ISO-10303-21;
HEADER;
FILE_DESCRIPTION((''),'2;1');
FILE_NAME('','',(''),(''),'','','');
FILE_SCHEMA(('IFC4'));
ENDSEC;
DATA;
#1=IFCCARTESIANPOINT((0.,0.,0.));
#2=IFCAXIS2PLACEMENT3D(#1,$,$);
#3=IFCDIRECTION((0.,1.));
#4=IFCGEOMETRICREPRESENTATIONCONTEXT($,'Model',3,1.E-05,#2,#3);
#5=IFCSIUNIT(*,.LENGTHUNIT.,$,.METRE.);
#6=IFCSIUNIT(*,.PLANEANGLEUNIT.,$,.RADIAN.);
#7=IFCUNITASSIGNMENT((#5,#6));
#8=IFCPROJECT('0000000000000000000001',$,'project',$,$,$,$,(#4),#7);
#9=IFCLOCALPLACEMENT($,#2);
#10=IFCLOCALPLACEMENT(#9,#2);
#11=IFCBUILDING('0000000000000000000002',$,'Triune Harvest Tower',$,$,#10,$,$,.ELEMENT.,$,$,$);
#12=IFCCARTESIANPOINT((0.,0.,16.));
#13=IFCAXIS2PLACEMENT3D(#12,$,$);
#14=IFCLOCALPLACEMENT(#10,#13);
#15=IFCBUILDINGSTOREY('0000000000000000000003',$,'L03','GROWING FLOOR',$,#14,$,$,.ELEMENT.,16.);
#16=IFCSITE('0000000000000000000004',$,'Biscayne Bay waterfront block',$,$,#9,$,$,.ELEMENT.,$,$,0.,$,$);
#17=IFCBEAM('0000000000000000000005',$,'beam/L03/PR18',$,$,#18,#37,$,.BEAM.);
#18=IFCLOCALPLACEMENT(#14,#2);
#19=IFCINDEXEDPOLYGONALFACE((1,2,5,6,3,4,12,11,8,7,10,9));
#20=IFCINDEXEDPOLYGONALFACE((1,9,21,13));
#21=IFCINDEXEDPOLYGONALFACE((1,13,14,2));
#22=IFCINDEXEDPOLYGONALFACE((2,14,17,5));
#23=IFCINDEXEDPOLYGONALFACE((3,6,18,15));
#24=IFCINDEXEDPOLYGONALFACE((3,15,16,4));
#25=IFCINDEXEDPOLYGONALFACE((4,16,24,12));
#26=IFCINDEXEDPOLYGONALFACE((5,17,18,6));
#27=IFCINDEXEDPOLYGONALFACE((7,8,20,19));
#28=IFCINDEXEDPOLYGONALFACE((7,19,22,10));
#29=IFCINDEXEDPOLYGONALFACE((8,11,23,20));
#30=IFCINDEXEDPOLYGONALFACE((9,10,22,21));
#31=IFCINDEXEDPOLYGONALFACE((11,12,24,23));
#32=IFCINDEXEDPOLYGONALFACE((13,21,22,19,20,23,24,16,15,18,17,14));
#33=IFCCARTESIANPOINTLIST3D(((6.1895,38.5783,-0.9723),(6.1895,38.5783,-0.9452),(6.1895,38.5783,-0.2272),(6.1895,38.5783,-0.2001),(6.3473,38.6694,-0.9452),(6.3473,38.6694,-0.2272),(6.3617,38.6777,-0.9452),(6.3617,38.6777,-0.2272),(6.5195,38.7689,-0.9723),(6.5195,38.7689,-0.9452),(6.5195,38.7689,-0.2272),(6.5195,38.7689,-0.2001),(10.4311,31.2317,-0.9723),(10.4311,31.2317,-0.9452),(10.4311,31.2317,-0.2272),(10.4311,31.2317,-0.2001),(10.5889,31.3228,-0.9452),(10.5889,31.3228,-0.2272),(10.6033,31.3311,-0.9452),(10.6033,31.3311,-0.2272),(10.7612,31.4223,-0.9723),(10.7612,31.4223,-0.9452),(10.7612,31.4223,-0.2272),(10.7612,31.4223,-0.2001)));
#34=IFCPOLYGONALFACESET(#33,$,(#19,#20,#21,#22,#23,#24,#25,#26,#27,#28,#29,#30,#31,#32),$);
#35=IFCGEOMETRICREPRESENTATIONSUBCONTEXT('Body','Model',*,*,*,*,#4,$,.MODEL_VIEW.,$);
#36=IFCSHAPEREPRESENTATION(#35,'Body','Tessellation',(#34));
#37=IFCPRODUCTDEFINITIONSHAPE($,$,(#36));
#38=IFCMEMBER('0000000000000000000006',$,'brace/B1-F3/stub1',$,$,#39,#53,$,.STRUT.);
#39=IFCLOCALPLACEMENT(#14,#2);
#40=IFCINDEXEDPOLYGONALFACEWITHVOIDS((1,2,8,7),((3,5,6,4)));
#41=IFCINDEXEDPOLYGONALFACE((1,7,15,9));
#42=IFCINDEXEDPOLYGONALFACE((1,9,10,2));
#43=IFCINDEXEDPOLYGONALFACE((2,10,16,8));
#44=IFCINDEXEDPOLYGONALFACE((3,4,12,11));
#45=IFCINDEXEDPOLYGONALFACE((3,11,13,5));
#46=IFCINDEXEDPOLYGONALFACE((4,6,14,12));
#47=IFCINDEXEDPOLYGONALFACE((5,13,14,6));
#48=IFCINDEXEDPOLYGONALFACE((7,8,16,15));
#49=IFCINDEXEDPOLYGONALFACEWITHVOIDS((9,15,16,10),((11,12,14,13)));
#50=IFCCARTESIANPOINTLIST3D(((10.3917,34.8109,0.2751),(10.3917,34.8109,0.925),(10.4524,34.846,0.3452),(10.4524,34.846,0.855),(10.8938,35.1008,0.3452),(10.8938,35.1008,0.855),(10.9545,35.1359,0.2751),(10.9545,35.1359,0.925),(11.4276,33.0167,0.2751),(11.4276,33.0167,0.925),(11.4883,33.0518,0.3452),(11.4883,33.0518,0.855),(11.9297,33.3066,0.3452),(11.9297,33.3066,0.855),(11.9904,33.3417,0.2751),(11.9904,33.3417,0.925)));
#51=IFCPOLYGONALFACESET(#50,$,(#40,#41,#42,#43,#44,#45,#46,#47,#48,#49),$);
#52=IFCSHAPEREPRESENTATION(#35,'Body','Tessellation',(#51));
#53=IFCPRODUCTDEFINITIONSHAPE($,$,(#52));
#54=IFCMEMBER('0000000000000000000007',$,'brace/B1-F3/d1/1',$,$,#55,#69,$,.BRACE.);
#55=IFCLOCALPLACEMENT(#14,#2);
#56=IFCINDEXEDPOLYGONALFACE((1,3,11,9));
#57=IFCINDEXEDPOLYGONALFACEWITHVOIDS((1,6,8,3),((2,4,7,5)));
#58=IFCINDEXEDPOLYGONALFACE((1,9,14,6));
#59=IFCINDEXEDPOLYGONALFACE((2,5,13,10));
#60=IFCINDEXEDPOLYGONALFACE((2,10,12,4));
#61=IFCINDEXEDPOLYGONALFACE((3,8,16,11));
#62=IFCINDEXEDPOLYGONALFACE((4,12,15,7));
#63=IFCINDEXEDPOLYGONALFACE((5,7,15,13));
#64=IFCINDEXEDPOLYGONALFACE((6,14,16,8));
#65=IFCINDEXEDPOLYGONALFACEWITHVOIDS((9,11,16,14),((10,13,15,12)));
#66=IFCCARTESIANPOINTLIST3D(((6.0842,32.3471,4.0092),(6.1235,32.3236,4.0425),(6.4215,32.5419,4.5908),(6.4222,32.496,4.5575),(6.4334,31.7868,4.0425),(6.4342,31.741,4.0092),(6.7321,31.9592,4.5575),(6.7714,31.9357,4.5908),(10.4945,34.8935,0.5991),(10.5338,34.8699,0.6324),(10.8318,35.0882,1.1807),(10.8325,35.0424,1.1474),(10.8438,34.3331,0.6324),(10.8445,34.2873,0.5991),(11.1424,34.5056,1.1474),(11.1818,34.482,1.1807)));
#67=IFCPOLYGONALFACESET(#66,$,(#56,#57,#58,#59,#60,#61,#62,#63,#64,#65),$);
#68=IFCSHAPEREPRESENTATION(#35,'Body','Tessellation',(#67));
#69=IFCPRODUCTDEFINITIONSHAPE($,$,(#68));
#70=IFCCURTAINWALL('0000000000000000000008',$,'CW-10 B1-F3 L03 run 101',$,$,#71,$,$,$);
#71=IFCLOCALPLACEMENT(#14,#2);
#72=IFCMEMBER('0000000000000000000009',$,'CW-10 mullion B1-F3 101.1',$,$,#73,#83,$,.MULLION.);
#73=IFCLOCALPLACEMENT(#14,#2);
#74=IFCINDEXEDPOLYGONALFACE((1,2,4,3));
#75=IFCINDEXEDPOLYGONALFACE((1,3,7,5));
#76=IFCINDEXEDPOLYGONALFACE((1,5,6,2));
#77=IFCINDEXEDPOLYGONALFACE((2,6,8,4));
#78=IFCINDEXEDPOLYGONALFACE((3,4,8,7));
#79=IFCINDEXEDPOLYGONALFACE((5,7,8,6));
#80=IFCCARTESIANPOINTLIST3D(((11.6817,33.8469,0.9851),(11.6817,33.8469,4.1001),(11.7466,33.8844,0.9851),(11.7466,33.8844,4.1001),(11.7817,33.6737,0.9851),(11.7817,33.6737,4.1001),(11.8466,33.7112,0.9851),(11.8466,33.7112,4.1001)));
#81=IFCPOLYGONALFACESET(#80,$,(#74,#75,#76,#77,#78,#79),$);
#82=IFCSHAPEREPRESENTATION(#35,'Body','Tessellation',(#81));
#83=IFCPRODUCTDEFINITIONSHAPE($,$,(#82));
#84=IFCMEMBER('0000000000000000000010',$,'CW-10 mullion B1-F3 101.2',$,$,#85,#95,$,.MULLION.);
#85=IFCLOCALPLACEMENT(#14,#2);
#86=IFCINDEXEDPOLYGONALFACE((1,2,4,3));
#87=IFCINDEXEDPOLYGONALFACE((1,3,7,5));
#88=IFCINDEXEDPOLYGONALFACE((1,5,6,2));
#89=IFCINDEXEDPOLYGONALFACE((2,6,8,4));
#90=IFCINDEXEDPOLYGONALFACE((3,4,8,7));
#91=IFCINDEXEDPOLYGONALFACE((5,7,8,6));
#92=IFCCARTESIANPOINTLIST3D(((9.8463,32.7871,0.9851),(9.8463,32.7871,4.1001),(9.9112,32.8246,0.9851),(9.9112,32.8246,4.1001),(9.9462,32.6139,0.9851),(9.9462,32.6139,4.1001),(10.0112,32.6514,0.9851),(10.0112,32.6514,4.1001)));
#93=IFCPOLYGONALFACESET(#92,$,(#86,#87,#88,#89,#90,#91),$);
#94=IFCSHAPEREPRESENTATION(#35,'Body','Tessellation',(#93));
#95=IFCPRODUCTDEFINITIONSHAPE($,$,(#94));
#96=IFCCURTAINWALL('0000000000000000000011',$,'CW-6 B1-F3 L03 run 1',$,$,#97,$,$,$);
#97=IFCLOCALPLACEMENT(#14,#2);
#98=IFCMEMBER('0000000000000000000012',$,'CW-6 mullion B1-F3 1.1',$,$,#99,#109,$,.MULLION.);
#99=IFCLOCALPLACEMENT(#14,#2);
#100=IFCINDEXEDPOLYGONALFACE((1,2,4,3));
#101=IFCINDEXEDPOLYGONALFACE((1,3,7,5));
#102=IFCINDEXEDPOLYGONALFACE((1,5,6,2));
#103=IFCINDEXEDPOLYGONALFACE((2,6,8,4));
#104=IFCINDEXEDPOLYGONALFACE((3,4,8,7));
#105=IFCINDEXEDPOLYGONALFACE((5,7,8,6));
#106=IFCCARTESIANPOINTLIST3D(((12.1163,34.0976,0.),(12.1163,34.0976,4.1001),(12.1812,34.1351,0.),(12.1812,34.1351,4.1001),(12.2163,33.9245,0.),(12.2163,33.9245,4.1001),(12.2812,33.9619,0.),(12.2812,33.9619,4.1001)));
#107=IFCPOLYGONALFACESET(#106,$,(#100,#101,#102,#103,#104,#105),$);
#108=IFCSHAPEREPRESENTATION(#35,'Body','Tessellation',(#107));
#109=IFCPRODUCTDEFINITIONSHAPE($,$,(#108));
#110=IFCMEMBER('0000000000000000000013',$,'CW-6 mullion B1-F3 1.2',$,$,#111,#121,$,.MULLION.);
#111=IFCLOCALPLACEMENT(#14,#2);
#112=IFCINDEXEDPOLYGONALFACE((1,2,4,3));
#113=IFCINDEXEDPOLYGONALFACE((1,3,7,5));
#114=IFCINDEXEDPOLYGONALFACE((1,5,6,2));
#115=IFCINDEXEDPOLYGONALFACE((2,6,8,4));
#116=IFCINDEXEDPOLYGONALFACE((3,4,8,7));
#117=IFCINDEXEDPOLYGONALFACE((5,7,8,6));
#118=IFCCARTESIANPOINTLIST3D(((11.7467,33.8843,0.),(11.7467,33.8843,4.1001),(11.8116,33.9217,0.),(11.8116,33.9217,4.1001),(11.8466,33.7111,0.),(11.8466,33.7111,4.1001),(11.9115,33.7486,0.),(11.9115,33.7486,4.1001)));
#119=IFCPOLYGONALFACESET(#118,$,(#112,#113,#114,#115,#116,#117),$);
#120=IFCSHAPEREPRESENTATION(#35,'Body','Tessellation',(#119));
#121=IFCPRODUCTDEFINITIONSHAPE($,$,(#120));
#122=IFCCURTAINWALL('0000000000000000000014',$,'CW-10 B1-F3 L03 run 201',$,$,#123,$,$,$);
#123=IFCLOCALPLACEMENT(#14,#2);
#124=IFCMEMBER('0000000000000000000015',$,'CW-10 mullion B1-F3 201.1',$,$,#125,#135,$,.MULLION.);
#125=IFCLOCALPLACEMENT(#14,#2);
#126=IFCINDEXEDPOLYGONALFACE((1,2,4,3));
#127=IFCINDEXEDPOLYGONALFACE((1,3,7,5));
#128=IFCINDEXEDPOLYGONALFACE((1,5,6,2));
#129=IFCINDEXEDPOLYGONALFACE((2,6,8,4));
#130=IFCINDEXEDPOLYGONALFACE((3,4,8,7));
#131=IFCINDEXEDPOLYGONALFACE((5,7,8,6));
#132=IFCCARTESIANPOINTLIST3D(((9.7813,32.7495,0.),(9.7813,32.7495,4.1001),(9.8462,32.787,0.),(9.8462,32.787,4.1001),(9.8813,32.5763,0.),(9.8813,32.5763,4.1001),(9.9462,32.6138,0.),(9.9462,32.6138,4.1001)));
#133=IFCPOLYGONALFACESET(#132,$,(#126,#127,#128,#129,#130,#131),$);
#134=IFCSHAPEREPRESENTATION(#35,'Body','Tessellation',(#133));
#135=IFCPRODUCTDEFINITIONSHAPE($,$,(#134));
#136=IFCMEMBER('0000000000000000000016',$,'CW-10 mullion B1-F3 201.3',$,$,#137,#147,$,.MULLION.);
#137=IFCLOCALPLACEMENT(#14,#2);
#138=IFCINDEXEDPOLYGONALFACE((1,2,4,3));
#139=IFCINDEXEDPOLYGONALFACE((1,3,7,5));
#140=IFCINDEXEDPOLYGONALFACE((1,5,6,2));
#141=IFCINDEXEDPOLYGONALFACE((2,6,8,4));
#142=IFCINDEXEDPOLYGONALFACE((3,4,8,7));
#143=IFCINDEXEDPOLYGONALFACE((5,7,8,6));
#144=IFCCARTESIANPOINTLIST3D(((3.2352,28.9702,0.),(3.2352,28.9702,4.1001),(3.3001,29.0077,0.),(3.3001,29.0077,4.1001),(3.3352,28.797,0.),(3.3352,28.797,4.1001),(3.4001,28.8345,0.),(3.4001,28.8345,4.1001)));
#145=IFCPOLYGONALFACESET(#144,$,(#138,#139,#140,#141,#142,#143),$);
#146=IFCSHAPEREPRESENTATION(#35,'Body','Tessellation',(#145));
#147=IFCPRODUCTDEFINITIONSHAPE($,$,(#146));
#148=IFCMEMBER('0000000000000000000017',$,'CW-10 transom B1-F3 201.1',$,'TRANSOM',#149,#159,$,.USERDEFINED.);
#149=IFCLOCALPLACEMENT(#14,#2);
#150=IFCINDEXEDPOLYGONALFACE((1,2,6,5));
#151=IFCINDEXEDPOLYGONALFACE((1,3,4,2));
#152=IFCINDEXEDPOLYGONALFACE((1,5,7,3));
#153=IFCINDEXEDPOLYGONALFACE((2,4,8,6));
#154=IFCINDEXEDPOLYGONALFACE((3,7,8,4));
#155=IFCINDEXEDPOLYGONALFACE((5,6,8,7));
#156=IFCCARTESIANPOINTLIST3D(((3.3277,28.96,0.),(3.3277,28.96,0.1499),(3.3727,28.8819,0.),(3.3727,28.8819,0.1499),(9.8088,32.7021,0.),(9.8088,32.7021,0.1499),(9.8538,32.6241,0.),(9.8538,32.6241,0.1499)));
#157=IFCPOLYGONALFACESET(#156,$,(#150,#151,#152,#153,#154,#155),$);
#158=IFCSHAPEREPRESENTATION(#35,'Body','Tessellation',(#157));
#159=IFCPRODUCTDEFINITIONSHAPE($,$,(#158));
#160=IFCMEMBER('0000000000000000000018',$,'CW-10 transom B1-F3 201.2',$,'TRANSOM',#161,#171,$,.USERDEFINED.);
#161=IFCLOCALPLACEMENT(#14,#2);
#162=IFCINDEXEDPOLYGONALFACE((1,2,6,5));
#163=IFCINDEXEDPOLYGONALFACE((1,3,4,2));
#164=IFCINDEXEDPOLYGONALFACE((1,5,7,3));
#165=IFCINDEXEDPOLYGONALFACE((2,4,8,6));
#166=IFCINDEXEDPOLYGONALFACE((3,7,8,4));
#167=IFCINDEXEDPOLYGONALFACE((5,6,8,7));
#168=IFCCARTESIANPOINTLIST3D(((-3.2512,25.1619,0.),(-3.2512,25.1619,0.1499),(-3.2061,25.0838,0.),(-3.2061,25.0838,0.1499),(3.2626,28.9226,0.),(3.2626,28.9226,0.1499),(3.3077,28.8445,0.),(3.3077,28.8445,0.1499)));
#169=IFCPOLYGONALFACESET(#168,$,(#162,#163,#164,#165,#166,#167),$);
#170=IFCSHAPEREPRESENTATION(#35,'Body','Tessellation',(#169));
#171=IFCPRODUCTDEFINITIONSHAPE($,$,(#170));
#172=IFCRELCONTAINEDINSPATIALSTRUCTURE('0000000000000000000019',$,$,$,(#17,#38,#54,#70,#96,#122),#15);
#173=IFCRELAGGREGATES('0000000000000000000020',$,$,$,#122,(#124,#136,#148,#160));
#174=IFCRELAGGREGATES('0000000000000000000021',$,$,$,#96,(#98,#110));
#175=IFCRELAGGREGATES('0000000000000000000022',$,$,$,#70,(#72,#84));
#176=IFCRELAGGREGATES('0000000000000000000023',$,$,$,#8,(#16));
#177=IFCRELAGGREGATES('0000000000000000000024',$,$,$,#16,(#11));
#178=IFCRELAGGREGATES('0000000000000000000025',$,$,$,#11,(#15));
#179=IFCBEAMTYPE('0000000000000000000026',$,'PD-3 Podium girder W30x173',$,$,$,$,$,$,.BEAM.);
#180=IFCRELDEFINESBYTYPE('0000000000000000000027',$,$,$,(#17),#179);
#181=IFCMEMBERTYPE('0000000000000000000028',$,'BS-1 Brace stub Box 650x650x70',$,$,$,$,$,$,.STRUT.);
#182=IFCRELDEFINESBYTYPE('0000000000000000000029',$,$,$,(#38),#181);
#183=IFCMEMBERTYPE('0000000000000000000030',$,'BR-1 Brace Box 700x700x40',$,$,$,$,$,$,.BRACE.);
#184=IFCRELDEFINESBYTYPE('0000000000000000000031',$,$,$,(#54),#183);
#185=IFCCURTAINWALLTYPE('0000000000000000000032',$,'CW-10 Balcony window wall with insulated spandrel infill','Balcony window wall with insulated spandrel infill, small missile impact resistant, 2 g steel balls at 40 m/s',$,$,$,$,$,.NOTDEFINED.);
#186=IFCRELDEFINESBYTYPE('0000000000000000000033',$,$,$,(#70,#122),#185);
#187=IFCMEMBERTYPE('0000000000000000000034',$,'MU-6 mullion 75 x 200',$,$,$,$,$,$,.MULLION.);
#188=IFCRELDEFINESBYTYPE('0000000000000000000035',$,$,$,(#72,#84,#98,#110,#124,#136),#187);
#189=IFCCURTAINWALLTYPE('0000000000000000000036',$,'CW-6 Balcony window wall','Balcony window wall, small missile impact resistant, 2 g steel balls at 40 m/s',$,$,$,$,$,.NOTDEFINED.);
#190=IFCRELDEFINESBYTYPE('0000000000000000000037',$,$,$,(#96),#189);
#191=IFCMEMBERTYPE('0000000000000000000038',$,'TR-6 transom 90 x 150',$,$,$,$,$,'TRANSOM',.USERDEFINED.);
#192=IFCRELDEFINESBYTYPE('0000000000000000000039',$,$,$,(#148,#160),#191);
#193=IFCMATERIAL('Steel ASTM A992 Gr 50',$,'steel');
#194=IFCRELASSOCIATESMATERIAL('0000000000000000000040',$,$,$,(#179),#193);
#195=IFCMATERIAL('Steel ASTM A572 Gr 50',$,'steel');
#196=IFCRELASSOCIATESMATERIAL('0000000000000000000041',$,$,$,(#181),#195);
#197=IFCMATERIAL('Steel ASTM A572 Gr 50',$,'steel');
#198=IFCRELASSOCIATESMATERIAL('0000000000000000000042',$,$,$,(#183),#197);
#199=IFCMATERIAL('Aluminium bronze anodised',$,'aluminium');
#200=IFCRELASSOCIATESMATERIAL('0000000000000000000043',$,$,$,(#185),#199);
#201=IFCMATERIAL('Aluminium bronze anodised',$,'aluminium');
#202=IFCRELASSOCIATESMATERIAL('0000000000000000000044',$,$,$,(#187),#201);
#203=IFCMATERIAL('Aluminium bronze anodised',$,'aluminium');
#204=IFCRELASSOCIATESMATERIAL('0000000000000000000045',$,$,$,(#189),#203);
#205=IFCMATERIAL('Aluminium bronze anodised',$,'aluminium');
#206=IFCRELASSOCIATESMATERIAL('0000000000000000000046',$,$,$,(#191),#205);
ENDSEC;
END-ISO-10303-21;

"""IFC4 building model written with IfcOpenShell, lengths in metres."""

from ifc_helpers import new_model, si_unit, direction, frame, origin, origin_2d, place, context, subcontext, project, spatial, rectangle, hollow_rectangle, i_section, extrude, source, transform, mapped, material, material_profile, profile_set, type_object, element, aggregate, save


model = new_model("IFC4")

# Units and contexts
model_context = context("Model", 3, precision=1e-05, world=origin(), true_north=direction((0.0, 1.0)))
body_context = subcontext(model_context, "Body", "Model", "MODEL_VIEW")
ifc_project = project(units=[si_unit("LENGTHUNIT", "METRE"), si_unit("PLANEANGLEUNIT", "RADIAN")], contexts=[model_context])

# Site, building, storey
site_placement = place(None, origin())
site = spatial("IfcSite", under=ifc_project, at=site_placement, Name="Biscayne Bay waterfront block", CompositionType="ELEMENT", RefElevation=0.0)
building_placement = place(site_placement, origin())
building = spatial("IfcBuilding", under=site, at=building_placement, Name="Triune Harvest Tower", CompositionType="ELEMENT")
storey_placement = place(building_placement, frame((0.0, 0.0, 16.0)))
storey = spatial("IfcBuildingStorey", under=building, at=storey_placement, Name="L03", Description="GROWING FLOOR", CompositionType="ELEMENT", Elevation=16.0)

# Beam
ifc_material_1 = material(Name="Steel ASTM A992 Gr 50", Category="steel")
ifc_material_profile_1 = material_profile(ifc_material_1, i_section(OverallWidth=0.3811, OverallDepth=0.7722, WebThickness=0.0166, FlangeThickness=0.0271, at=origin_2d()), Name="W30x173")
ifc_profile_set_1 = profile_set([ifc_material_profile_1], Name="Steel ASTM A992 Gr 50")
beam_type_1 = type_object("IfcBeamType", Name="PD-3 Podium girder W30x173", PredefinedType="BEAM", material=ifc_profile_set_1)
shared_shape_1 = source(origin(), body_context, "Body", "SweptSolid", [
    extrude(i_section(OverallWidth=0.3811, OverallDepth=0.7722, WebThickness=0.0166, FlangeThickness=0.0271, at=origin_2d()), origin(), (0.0, 0.0, 1.0), 8.4832),
])
beam_1_placement = place(storey_placement, frame((6.3545, 38.6736, -0.5862), z_axis=(0.500008, -0.866021, 0.0), x_axis=(0.866021, 0.500008, 0.0)))
element("IfcBeam", 1, at=beam_1_placement, inside=storey, type_object=beam_type_1, Name="beam/L03/PR18", PredefinedType="BEAM", context=body_context, shape_type="MappedRepresentation", body=[
    mapped(shared_shape_1, transform((0.0, 0.0, 0.0), scale=1.0)),
])

# Members
ifc_material_2 = material(Name="Steel ASTM A572 Gr 50", Category="steel")
ifc_material_profile_2 = material_profile(ifc_material_2, hollow_rectangle(XDim=0.6499, YDim=0.6499, WallThickness=0.0701, at=origin_2d()), Name="Box 650x650x70")
ifc_profile_set_2 = profile_set([ifc_material_profile_2], Name="Steel ASTM A572 Gr 50")
member_type_1 = type_object("IfcMemberType", Name="BS-1 Brace stub Box 650x650x70", PredefinedType="STRUT", material=ifc_profile_set_2)
shared_shape_2 = source(origin(), body_context, "Body", "SweptSolid", [
    extrude(hollow_rectangle(XDim=0.6499, YDim=0.6499, WallThickness=0.0701, at=origin_2d()), origin(), (0.0, 0.0, 1.0), 2.0718),
])
member_1_placement = place(storey_placement, frame((11.709, 33.1792, 0.6001), z_axis=(-0.500005, 0.866023, 0.0), x_axis=(-0.866023, -0.500005, 0.0)))
element("IfcMember", 2, at=member_1_placement, inside=storey, type_object=member_type_1, Name="brace/B1-F3/stub1", PredefinedType="STRUT", context=body_context, shape_type="MappedRepresentation", body=[
    mapped(shared_shape_2, transform((0.0, 0.0, 0.0), scale=1.0)),
])
ifc_material_3 = material(Name="Steel ASTM A572 Gr 50", Category="steel")
ifc_material_profile_3 = material_profile(ifc_material_3, hollow_rectangle(XDim=0.7, YDim=0.7, WallThickness=0.04, at=origin_2d()), Name="Box 700x700x40")
ifc_profile_set_3 = profile_set([ifc_material_profile_3], Name="Steel ASTM A572 Gr 50")
member_type_2 = type_object("IfcMemberType", Name="BR-1 Brace Box 700x700x40", PredefinedType="BRACE", material=ifc_profile_set_3)
shared_shape_3 = source(origin(), body_context, "Body", "SweptSolid", [
    extrude(hollow_rectangle(XDim=0.7, YDim=0.7, WallThickness=0.04, at=origin_2d()), origin(), (0.0, 0.0, 1.0), 6.1289),
])
member_2_placement = place(storey_placement, frame((10.8381, 34.6877, 0.8899), z_axis=(-0.719593, -0.415464, 0.556395), x_axis=(0.500006, -0.866022, 0.0)))
element("IfcMember", 3, at=member_2_placement, inside=storey, type_object=member_type_2, Name="brace/B1-F3/d1/1", PredefinedType="BRACE", context=body_context, shape_type="MappedRepresentation", body=[
    mapped(shared_shape_3, transform((0.0, 0.0, 0.0), scale=1.0)),
])

# Curtain walls, members
ifc_material_4 = material(Name="Aluminium bronze anodised", Category="aluminium")
curtain_wall_type_1 = type_object("IfcCurtainWallType", Name="CW-10 Balcony window wall with insulated spandrel infill", Description="Balcony window wall with insulated spandrel infill, small missile impact resistant, 2 g steel balls at 40 m/s", PredefinedType="NOTDEFINED", material=ifc_material_4)
curtain_wall_1_placement = place(storey_placement, origin())
curtain_wall_1 = element("IfcCurtainWall", 4, at=curtain_wall_1_placement, inside=storey, type_object=curtain_wall_type_1, Name="CW-10 B1-F3 L03 run 101")
ifc_material_5 = material(Name="Aluminium bronze anodised", Category="aluminium")
ifc_material_profile_4 = material_profile(ifc_material_5, rectangle(XDim=0.2, YDim=0.075, at=origin_2d()), Name="MU-6 mullion 75 x 200")
ifc_profile_set_4 = profile_set([ifc_material_profile_4], Name="Aluminium bronze anodised")
member_type_3 = type_object("IfcMemberType", Name="MU-6 mullion 75 x 200", PredefinedType="MULLION", material=ifc_profile_set_4)
shared_shape_4 = source(origin(), body_context, "Body", "SweptSolid", [
    extrude(rectangle(XDim=0.2, YDim=0.075, at=origin_2d()), origin(), (0.0, 0.0, 1.0), 3.115),
])
member_3_placement = place(storey_placement, frame((11.7642, 33.7791, 0.9851), z_axis=(0.0, 0.0, 1.0), x_axis=(0.500001, -0.866025, 0.0)))
member_3 = element("IfcMember", 5, at=member_3_placement, type_object=member_type_3, Name="CW-10 mullion B1-F3 101.1", PredefinedType="MULLION", context=body_context, shape_type="MappedRepresentation", body=[
    mapped(shared_shape_4, transform((0.0, 0.0, 0.0), scale=1.0)),
])
member_4_placement = place(storey_placement, frame((9.9287, 32.7192, 0.9851), z_axis=(0.0, 0.0, 1.0), x_axis=(0.500001, -0.866025, 0.0)))
member_4 = element("IfcMember", 6, at=member_4_placement, type_object=member_type_3, Name="CW-10 mullion B1-F3 101.2", PredefinedType="MULLION", context=body_context, shape_type="MappedRepresentation", body=[
    mapped(shared_shape_4, transform((0.0, 0.0, 0.0), scale=1.0)),
])
ifc_material_6 = material(Name="Aluminium bronze anodised", Category="aluminium")
curtain_wall_type_2 = type_object("IfcCurtainWallType", Name="CW-6 Balcony window wall", Description="Balcony window wall, small missile impact resistant, 2 g steel balls at 40 m/s", PredefinedType="NOTDEFINED", material=ifc_material_6)
curtain_wall_2_placement = place(storey_placement, origin())
curtain_wall_2 = element("IfcCurtainWall", 7, at=curtain_wall_2_placement, inside=storey, type_object=curtain_wall_type_2, Name="CW-6 B1-F3 L03 run 1")
shared_shape_5 = source(origin(), body_context, "Body", "SweptSolid", [
    extrude(rectangle(XDim=0.2, YDim=0.075, at=origin_2d()), origin(), (0.0, 0.0, 1.0), 4.1001),
])
member_5_placement = place(storey_placement, frame((12.1987, 34.0298, 0.0), z_axis=(0.0, 0.0, 1.0), x_axis=(0.499975, -0.86604, 0.0)))
member_5 = element("IfcMember", 8, at=member_5_placement, type_object=member_type_3, Name="CW-6 mullion B1-F3 1.1", PredefinedType="MULLION", context=body_context, shape_type="MappedRepresentation", body=[
    mapped(shared_shape_5, transform((0.0, 0.0, 0.0), scale=1.0)),
])
member_6_placement = place(storey_placement, frame((11.8291, 33.8164, 0.0), z_axis=(0.0, 0.0, 1.0), x_axis=(0.499975, -0.86604, 0.0)))
member_6 = element("IfcMember", 9, at=member_6_placement, type_object=member_type_3, Name="CW-6 mullion B1-F3 1.2", PredefinedType="MULLION", context=body_context, shape_type="MappedRepresentation", body=[
    mapped(shared_shape_5, transform((0.0, 0.0, 0.0), scale=1.0)),
])
curtain_wall_3_placement = place(storey_placement, origin())
curtain_wall_3 = element("IfcCurtainWall", 10, at=curtain_wall_3_placement, inside=storey, type_object=curtain_wall_type_1, Name="CW-10 B1-F3 L03 run 201")
member_7_placement = place(storey_placement, frame((9.8638, 32.6816, 0.0), z_axis=(0.0, 0.0, 1.0), x_axis=(0.500004, -0.866023, 0.0)))
member_7 = element("IfcMember", 11, at=member_7_placement, type_object=member_type_3, Name="CW-10 mullion B1-F3 201.1", PredefinedType="MULLION", context=body_context, shape_type="MappedRepresentation", body=[
    mapped(shared_shape_5, transform((0.0, 0.0, 0.0), scale=1.0)),
])
member_8_placement = place(storey_placement, frame((3.3176, 28.9023, 0.0), z_axis=(0.0, 0.0, 1.0), x_axis=(0.500004, -0.866023, 0.0)))
member_8 = element("IfcMember", 12, at=member_8_placement, type_object=member_type_3, Name="CW-10 mullion B1-F3 201.3", PredefinedType="MULLION", context=body_context, shape_type="MappedRepresentation", body=[
    mapped(shared_shape_5, transform((0.0, 0.0, 0.0), scale=1.0)),
])
ifc_material_7 = material(Name="Aluminium bronze anodised", Category="aluminium")
ifc_material_profile_5 = material_profile(ifc_material_7, rectangle(XDim=0.0901, YDim=0.1499, at=origin_2d()), Name="TR-6 transom 90 x 150")
ifc_profile_set_5 = profile_set([ifc_material_profile_5], Name="Aluminium bronze anodised")
member_type_4 = type_object("IfcMemberType", Name="TR-6 transom 90 x 150", ElementType="TRANSOM", PredefinedType="USERDEFINED", material=ifc_profile_set_5)
shared_shape_6 = source(origin(), body_context, "Body", "SweptSolid", [
    extrude(rectangle(XDim=0.0901, YDim=0.1499, at=origin_2d()), origin(), (0.0, 0.0, 1.0), 7.4839),
])
member_9_placement = place(storey_placement, frame((9.8313, 32.6631, 0.075), z_axis=(-0.86601, -0.500026, 0.0), x_axis=(0.500026, -0.86601, 0.0)))
member_9 = element("IfcMember", 13, at=member_9_placement, type_object=member_type_4, Name="CW-10 transom B1-F3 201.1", ObjectType="TRANSOM", PredefinedType="USERDEFINED", context=body_context, shape_type="MappedRepresentation", body=[
    mapped(shared_shape_6, transform((0.0, 0.0, 0.0), scale=1.0)),
])
shared_shape_7 = source(origin(), body_context, "Body", "SweptSolid", [
    extrude(rectangle(XDim=0.0901, YDim=0.1499, at=origin_2d()), origin(), (0.0, 0.0, 1.0), 7.5215),
])
member_10_placement = place(storey_placement, frame((3.2852, 28.8835, 0.075), z_axis=(-0.866029, -0.499993, 0.0), x_axis=(0.499993, -0.866029, 0.0)))
member_10 = element("IfcMember", 14, at=member_10_placement, type_object=member_type_4, Name="CW-10 transom B1-F3 201.2", ObjectType="TRANSOM", PredefinedType="USERDEFINED", context=body_context, shape_type="MappedRepresentation", body=[
    mapped(shared_shape_7, transform((0.0, 0.0, 0.0), scale=1.0)),
])

aggregate(curtain_wall_3, [member_7, member_8, member_9, member_10])
aggregate(curtain_wall_2, [member_5, member_6])
aggregate(curtain_wall_1, [member_3, member_4])

save(model, "model.ifc")
